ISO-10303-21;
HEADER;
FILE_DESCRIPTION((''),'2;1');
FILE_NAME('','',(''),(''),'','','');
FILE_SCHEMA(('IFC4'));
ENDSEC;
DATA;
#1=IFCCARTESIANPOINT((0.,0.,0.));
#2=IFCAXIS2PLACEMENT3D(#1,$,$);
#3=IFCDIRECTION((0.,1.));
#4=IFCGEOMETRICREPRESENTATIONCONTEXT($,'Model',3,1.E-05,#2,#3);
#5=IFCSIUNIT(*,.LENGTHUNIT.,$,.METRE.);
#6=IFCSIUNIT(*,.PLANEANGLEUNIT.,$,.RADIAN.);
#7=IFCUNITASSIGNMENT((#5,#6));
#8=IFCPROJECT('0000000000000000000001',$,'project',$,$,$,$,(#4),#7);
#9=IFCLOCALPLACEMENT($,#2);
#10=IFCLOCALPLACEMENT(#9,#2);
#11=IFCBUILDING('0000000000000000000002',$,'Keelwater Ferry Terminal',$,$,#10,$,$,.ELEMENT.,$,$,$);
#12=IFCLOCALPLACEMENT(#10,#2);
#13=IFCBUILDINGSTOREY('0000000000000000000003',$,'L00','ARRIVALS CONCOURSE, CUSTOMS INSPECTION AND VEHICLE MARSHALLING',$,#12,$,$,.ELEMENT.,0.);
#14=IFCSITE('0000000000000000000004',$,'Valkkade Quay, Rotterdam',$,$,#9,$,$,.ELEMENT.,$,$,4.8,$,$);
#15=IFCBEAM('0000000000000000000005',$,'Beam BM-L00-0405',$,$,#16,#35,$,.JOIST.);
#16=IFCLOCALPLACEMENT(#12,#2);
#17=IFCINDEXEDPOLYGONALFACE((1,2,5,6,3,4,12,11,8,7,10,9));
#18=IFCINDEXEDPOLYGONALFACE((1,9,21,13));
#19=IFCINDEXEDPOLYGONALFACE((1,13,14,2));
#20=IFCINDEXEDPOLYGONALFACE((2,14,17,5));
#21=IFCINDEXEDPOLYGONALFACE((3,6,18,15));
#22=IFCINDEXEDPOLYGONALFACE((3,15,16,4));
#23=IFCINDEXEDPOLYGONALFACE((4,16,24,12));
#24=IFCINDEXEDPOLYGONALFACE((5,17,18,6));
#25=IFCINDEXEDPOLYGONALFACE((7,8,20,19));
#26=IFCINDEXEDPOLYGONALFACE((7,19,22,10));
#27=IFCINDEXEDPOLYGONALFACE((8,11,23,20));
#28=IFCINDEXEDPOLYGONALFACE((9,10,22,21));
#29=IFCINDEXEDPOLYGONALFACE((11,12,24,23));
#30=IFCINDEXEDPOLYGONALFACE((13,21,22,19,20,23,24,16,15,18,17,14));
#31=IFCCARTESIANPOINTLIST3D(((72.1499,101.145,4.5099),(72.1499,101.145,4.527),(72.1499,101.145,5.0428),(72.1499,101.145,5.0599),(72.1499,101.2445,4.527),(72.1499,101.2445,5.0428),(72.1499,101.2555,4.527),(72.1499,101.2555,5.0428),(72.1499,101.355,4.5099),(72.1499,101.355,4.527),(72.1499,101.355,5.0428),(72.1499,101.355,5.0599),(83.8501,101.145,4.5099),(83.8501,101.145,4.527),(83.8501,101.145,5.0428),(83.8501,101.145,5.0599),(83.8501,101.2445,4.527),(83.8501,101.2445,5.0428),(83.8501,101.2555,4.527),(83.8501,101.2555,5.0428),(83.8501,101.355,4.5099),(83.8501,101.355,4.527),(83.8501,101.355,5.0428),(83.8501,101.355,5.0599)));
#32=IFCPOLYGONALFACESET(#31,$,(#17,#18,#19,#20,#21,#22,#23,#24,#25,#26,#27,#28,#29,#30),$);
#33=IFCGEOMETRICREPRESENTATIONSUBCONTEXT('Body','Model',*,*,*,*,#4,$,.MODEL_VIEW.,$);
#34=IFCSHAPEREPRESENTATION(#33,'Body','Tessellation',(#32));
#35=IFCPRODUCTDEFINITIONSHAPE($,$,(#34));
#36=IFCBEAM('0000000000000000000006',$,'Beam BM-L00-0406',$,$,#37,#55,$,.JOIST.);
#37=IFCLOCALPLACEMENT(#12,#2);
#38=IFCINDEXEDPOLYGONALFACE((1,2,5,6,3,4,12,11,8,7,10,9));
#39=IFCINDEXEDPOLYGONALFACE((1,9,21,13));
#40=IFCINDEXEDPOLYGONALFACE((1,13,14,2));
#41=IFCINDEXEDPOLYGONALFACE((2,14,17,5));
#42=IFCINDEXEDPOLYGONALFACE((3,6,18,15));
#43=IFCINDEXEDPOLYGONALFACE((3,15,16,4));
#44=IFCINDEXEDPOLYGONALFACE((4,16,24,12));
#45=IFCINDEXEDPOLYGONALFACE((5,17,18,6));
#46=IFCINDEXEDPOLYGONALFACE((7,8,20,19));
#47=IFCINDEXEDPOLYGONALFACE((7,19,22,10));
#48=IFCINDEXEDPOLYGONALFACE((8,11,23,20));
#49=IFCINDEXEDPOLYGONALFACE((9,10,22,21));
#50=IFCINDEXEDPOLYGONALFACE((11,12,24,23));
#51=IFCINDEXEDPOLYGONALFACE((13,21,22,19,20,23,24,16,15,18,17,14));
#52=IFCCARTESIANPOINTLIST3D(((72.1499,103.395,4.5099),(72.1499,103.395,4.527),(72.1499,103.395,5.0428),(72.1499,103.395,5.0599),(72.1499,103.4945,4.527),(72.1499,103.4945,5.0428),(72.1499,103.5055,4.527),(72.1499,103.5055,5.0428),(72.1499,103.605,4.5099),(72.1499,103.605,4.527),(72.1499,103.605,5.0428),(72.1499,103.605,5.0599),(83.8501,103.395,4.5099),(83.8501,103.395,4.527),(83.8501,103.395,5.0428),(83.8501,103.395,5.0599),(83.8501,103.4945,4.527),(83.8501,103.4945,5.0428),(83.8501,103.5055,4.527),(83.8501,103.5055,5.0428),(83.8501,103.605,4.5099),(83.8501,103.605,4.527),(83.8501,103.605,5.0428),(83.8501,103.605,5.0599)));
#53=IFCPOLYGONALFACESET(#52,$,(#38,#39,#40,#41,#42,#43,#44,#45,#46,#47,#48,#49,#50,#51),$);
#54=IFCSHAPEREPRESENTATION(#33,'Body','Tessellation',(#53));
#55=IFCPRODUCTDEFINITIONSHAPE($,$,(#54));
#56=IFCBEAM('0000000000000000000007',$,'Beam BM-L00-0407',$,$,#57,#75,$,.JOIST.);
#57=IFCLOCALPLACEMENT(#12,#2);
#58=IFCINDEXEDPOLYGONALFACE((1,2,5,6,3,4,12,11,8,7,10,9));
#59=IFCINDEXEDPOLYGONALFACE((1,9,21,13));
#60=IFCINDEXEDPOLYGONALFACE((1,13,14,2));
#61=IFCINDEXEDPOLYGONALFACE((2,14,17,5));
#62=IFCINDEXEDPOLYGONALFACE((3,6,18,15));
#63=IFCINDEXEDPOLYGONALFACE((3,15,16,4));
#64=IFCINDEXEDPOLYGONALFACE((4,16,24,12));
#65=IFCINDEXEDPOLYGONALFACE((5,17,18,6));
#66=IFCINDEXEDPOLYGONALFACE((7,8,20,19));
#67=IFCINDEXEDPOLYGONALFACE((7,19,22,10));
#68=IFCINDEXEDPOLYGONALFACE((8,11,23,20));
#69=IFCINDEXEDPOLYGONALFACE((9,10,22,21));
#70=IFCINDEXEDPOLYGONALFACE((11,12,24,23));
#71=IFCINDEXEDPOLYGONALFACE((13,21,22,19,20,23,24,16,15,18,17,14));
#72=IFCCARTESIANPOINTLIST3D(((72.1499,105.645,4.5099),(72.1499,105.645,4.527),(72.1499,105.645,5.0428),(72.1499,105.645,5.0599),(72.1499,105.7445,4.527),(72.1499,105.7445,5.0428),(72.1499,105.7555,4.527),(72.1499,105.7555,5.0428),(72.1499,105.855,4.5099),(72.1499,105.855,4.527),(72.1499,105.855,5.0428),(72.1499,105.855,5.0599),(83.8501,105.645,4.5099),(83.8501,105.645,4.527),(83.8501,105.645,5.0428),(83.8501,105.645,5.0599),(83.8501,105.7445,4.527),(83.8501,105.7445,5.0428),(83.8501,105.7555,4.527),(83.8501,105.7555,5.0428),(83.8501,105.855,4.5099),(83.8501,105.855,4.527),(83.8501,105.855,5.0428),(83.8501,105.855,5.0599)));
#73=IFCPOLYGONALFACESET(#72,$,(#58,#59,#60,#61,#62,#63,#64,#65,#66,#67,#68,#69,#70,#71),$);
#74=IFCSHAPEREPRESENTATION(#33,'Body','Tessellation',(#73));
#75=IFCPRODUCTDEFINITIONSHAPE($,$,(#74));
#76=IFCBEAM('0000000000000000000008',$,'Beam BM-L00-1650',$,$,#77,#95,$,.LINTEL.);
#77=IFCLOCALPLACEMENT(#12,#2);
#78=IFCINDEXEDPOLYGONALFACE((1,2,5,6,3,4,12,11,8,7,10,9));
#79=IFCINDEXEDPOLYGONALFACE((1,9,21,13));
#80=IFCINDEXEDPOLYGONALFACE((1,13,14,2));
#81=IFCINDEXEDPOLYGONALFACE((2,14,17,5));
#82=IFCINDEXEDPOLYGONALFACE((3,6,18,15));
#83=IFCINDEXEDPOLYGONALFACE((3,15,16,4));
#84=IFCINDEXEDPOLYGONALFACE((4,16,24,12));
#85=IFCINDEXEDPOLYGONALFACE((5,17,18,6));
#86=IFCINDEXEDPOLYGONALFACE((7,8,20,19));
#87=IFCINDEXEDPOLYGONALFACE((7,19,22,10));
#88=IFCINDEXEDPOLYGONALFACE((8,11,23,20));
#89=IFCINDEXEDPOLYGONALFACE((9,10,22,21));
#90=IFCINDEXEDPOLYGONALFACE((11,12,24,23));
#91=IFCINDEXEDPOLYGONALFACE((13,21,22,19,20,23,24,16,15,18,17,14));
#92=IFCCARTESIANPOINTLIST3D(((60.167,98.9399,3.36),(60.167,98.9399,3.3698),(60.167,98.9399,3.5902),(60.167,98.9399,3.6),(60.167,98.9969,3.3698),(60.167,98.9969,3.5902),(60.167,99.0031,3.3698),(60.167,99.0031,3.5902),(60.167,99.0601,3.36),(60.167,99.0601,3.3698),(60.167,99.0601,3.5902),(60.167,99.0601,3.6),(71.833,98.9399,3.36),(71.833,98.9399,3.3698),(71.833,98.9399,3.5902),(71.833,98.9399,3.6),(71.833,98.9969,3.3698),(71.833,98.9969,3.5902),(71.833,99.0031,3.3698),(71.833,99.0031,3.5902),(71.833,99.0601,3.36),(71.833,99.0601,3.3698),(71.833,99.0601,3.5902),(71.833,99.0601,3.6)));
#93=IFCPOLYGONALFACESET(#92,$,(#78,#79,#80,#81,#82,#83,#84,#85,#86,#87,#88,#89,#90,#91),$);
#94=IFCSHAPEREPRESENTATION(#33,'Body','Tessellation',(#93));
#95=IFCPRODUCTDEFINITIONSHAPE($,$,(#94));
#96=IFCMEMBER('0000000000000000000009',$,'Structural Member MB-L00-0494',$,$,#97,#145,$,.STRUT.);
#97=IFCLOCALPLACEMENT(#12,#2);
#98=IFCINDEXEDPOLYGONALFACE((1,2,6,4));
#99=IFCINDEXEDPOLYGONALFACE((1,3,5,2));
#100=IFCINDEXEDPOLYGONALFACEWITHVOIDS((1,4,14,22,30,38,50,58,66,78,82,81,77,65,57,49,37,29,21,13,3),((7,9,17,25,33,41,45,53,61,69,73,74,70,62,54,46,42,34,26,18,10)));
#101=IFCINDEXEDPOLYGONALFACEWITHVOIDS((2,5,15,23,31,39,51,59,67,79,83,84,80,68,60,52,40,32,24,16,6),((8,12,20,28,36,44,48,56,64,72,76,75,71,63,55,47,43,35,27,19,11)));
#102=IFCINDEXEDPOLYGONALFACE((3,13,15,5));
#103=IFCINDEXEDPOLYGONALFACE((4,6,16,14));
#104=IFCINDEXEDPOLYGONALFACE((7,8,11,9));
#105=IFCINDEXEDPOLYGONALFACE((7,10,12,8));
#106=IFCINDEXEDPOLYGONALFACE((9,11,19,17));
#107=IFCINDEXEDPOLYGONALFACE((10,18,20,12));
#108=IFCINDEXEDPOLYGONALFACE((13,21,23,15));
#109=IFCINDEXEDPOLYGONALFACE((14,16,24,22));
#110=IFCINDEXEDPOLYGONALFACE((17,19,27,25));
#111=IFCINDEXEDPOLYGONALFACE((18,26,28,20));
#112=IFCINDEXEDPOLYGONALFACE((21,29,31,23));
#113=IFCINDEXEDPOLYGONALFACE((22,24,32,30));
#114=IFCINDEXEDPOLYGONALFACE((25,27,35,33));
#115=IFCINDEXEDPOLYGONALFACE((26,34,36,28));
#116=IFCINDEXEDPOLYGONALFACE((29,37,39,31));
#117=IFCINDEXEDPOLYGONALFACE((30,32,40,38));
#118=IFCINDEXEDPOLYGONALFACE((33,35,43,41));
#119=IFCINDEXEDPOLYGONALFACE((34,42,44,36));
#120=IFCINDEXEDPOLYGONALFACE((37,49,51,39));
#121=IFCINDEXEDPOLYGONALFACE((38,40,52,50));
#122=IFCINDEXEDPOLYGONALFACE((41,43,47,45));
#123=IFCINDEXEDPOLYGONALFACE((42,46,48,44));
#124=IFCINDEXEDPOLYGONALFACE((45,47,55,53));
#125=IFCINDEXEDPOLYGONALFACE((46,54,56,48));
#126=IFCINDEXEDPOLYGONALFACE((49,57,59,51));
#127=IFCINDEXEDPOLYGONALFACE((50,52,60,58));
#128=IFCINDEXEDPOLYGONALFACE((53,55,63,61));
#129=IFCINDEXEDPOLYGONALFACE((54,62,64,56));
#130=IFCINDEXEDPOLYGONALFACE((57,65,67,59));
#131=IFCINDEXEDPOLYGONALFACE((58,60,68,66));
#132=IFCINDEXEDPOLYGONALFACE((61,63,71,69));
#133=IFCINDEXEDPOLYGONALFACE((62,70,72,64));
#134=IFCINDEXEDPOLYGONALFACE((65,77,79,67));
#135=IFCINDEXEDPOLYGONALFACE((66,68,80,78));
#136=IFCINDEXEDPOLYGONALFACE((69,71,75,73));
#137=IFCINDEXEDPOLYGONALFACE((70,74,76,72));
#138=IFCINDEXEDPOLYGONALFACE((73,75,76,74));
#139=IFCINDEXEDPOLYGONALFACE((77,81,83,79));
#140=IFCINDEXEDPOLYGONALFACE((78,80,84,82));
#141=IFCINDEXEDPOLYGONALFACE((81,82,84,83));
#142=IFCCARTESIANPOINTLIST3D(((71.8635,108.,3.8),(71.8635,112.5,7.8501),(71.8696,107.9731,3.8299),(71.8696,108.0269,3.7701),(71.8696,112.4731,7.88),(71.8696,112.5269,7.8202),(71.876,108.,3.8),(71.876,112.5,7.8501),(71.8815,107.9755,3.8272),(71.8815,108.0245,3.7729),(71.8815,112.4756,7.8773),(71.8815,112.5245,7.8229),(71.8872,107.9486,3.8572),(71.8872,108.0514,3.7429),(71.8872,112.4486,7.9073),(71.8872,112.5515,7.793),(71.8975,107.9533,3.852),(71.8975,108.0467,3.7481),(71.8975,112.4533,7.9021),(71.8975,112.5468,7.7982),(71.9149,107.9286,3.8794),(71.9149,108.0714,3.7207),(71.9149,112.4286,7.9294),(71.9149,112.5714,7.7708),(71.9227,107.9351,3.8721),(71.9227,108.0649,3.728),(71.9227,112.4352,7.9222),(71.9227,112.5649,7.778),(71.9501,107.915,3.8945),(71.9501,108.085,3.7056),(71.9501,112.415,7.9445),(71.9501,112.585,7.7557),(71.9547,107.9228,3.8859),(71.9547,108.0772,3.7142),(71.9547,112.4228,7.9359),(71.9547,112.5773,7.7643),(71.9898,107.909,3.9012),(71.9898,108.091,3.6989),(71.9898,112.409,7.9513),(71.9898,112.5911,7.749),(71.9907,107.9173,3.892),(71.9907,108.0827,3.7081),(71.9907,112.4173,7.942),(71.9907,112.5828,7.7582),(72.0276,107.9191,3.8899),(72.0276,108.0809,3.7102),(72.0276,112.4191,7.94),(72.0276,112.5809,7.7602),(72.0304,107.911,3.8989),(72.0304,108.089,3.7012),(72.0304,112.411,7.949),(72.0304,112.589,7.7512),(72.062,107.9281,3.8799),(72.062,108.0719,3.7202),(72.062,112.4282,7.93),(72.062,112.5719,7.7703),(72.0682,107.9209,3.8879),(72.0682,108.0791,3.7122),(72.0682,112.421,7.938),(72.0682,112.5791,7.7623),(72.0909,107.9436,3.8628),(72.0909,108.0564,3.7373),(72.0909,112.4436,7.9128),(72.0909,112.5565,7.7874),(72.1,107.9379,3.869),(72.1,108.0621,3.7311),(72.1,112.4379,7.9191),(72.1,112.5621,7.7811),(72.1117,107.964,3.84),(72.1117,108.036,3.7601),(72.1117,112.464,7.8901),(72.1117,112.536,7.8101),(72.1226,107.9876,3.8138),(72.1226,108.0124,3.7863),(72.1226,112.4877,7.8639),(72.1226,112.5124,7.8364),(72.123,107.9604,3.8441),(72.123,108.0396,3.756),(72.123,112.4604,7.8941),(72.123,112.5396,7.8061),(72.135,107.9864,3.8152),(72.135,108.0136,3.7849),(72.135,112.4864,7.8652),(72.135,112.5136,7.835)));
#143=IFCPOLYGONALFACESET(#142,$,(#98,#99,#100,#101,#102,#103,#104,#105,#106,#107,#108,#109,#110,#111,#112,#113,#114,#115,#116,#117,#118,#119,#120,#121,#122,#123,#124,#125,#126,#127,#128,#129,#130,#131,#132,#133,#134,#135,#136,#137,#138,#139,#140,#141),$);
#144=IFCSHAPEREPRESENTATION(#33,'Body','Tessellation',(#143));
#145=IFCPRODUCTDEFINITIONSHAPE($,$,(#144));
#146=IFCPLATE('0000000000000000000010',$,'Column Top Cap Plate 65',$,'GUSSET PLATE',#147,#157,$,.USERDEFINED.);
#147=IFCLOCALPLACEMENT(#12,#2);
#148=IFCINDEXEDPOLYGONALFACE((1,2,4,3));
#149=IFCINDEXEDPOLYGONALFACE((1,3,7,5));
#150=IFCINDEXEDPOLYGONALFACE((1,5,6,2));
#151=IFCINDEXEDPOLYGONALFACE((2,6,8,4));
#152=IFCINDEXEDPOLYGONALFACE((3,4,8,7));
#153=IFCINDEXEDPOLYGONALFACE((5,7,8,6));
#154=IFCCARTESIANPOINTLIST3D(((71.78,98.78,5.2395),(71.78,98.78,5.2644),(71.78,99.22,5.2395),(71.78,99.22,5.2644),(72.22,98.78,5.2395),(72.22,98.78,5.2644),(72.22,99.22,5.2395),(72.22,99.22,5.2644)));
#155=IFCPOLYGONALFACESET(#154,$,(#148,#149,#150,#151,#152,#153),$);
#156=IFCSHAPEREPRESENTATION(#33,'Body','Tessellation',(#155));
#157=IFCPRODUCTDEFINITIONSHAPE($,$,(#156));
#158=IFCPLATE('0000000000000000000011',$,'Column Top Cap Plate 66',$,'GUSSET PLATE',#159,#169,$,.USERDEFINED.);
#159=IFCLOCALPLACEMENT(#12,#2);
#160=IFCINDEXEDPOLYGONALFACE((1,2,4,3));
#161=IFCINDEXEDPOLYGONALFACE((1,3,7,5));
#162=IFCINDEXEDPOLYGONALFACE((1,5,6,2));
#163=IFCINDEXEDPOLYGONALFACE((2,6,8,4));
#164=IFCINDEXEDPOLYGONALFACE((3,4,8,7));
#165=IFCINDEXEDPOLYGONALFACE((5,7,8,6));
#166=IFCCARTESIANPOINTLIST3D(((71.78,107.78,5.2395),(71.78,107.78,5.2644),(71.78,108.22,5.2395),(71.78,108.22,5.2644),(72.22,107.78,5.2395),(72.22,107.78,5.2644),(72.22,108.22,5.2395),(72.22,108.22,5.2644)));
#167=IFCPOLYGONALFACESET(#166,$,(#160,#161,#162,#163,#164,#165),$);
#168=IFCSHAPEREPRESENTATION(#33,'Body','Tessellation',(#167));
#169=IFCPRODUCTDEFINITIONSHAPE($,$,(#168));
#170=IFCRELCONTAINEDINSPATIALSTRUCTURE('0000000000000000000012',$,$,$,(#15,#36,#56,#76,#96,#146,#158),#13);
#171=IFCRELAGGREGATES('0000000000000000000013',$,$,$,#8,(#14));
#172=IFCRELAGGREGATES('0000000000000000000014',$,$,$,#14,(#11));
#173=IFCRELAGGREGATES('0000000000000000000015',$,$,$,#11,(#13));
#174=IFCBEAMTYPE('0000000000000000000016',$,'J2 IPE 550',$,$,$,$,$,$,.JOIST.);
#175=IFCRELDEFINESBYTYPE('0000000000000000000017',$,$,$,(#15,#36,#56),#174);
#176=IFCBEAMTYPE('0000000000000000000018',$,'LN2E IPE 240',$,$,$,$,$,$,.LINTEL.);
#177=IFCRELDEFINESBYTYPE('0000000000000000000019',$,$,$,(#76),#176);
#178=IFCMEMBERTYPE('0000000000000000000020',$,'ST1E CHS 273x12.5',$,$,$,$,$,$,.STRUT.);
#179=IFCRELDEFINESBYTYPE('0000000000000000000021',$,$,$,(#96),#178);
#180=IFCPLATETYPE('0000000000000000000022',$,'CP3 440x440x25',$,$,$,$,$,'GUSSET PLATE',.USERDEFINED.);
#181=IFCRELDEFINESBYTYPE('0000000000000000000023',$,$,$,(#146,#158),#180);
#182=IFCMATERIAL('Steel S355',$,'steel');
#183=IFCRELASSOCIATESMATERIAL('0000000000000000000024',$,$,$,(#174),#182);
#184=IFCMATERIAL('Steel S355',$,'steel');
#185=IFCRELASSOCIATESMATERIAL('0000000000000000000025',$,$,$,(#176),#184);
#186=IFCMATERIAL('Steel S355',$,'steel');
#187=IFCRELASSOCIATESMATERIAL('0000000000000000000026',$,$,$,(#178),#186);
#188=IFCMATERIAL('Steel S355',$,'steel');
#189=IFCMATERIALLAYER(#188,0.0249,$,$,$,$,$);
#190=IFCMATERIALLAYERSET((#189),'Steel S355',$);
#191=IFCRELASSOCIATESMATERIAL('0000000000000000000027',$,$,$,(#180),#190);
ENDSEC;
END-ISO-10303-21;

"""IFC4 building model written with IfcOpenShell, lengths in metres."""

from ifc_helpers import new_model, si_unit, direction, frame, origin, origin_2d, place, context, subcontext, project, spatial, rectangle, hollow_circle, i_section, extrude, material, layer, layer_set, material_profile, profile_set, type_object, element, save


model = new_model("IFC4")

# Units and contexts
model_context = context("Model", 3, precision=1e-05, world=origin(), true_north=direction((0.0, 1.0)))
body_context = subcontext(model_context, "Body", "Model", "MODEL_VIEW")
ifc_project = project(units=[si_unit("LENGTHUNIT", "METRE"), si_unit("PLANEANGLEUNIT", "RADIAN")], contexts=[model_context])

# Site, building, storey
site_placement = place(None, origin())
site = spatial("IfcSite", under=ifc_project, at=site_placement, Name="Valkkade Quay, Rotterdam", CompositionType="ELEMENT", RefElevation=4.8)
building_placement = place(site_placement, origin())
building = spatial("IfcBuilding", under=site, at=building_placement, Name="Keelwater Ferry Terminal", CompositionType="ELEMENT")
storey_placement = place(building_placement, origin())
storey = spatial("IfcBuildingStorey", under=building, at=storey_placement, Name="L00", Description="ARRIVALS CONCOURSE, CUSTOMS INSPECTION AND VEHICLE MARSHALLING", CompositionType="ELEMENT", Elevation=0.0)

# Beams
ifc_material_1 = material(Name="Steel S355", Category="steel")
ifc_material_profile_1 = material_profile(ifc_material_1, i_section(OverallWidth=0.21, OverallDepth=0.55, WebThickness=0.011, FlangeThickness=0.0171, at=origin_2d()), Name="IPE 550")
ifc_profile_set_1 = profile_set([ifc_material_profile_1], Name="Steel S355")
beam_type_1 = type_object("IfcBeamType", Name="J2 IPE 550", PredefinedType="JOIST", material=ifc_profile_set_1)
for number, where, z_axis, x_axis, name in (
    (1, (72.1499, 101.25, 4.7849), (1.0, 0.0, 0.0), (0.0, 1.0, 0.0), "Beam BM-L00-0405"),
    (2, (72.1499, 103.5, 4.7849), (1.0, 0.0, 0.0), (0.0, 1.0, 0.0), "Beam BM-L00-0406"),
    (3, (72.1499, 105.75, 4.7849), (1.0, 0.0, 0.0), (0.0, 1.0, 0.0), "Beam BM-L00-0407"),
):
    element("IfcBeam", number, at=place(storey_placement, frame(where, z_axis=z_axis, x_axis=x_axis)), inside=storey, type_object=beam_type_1, Name=name, PredefinedType="JOIST", context=body_context, shape_type="SweptSolid", body=[
        extrude(i_section(OverallWidth=0.21, OverallDepth=0.55, WebThickness=0.011, FlangeThickness=0.0171, at=origin_2d()), origin(), (0.0, 0.0, 1.0), 11.7002),
    ])
ifc_material_2 = material(Name="Steel S355", Category="steel")
ifc_material_profile_2 = material_profile(ifc_material_2, i_section(OverallWidth=0.1201, OverallDepth=0.24, WebThickness=0.0061, FlangeThickness=0.0098, at=origin_2d()), Name="IPE 240")
ifc_profile_set_2 = profile_set([ifc_material_profile_2], Name="Steel S355")
beam_type_2 = type_object("IfcBeamType", Name="LN2E IPE 240", PredefinedType="LINTEL", material=ifc_profile_set_2)
beam_1_placement = place(storey_placement, frame((60.167, 99.0, 3.48), z_axis=(1.0, 0.0, 0.0), x_axis=(0.0, 1.0, 0.0)))
element("IfcBeam", 4, at=beam_1_placement, inside=storey, type_object=beam_type_2, Name="Beam BM-L00-1650", PredefinedType="LINTEL", context=body_context, shape_type="SweptSolid", body=[
    extrude(i_section(OverallWidth=0.1201, OverallDepth=0.24, WebThickness=0.0061, FlangeThickness=0.0098, at=origin_2d()), origin(), (0.0, 0.0, 1.0), 11.666),
])

# Member
ifc_material_3 = material(Name="Steel S355", Category="steel")
ifc_material_profile_3 = material_profile(ifc_material_3, hollow_circle(Radius=0.1365, WallThickness=0.0125, at=origin_2d()), Name="CHS 273x12.5")
ifc_profile_set_3 = profile_set([ifc_material_profile_3], Name="Steel S355")
member_type = type_object("IfcMemberType", Name="ST1E CHS 273x12.5", PredefinedType="STRUT", material=ifc_profile_set_3)
member_placement = place(storey_placement, frame((72.0, 108.0, 3.8), z_axis=(0.0, 0.74329, 0.668969), x_axis=(-1.0, 0.0, 0.0)))
element("IfcMember", 5, at=member_placement, inside=storey, type_object=member_type, Name="Structural Member MB-L00-0494", PredefinedType="STRUT", context=body_context, shape_type="SweptSolid", body=[
    extrude(hollow_circle(Radius=0.1365, WallThickness=0.0125, at=origin_2d()), origin(), (0.0, 0.0, 1.0), 6.0542),
])

# Plates
ifc_material_4 = material(Name="Steel S355", Category="steel")
ifc_layer = layer(ifc_material_4, 0.0249)
ifc_layer_set = layer_set([ifc_layer], Name="Steel S355")
plate_type = type_object("IfcPlateType", Name="CP3 440x440x25", ElementType="GUSSET PLATE", PredefinedType="USERDEFINED", material=ifc_layer_set)
for number, where, z_axis, x_axis, name in (
    (6, (72.0, 99.0, 5.2395), (0.0, 0.0, 1.0), (1.0, 0.0, 0.0), "Column Top Cap Plate 65"),
    (7, (72.0, 108.0, 5.2395), (0.0, 0.0, 1.0), (1.0, 0.0, 0.0), "Column Top Cap Plate 66"),
):
    element("IfcPlate", number, at=place(storey_placement, frame(where, z_axis=z_axis, x_axis=x_axis)), inside=storey, type_object=plate_type, Name=name, ObjectType="GUSSET PLATE", PredefinedType="USERDEFINED", context=body_context, shape_type="SweptSolid", body=[
        extrude(rectangle(XDim=0.4399, YDim=0.4399, at=origin_2d()), origin(), (0.0, 0.0, 1.0), 0.0249),
    ])

save(model, "model.ifc")
